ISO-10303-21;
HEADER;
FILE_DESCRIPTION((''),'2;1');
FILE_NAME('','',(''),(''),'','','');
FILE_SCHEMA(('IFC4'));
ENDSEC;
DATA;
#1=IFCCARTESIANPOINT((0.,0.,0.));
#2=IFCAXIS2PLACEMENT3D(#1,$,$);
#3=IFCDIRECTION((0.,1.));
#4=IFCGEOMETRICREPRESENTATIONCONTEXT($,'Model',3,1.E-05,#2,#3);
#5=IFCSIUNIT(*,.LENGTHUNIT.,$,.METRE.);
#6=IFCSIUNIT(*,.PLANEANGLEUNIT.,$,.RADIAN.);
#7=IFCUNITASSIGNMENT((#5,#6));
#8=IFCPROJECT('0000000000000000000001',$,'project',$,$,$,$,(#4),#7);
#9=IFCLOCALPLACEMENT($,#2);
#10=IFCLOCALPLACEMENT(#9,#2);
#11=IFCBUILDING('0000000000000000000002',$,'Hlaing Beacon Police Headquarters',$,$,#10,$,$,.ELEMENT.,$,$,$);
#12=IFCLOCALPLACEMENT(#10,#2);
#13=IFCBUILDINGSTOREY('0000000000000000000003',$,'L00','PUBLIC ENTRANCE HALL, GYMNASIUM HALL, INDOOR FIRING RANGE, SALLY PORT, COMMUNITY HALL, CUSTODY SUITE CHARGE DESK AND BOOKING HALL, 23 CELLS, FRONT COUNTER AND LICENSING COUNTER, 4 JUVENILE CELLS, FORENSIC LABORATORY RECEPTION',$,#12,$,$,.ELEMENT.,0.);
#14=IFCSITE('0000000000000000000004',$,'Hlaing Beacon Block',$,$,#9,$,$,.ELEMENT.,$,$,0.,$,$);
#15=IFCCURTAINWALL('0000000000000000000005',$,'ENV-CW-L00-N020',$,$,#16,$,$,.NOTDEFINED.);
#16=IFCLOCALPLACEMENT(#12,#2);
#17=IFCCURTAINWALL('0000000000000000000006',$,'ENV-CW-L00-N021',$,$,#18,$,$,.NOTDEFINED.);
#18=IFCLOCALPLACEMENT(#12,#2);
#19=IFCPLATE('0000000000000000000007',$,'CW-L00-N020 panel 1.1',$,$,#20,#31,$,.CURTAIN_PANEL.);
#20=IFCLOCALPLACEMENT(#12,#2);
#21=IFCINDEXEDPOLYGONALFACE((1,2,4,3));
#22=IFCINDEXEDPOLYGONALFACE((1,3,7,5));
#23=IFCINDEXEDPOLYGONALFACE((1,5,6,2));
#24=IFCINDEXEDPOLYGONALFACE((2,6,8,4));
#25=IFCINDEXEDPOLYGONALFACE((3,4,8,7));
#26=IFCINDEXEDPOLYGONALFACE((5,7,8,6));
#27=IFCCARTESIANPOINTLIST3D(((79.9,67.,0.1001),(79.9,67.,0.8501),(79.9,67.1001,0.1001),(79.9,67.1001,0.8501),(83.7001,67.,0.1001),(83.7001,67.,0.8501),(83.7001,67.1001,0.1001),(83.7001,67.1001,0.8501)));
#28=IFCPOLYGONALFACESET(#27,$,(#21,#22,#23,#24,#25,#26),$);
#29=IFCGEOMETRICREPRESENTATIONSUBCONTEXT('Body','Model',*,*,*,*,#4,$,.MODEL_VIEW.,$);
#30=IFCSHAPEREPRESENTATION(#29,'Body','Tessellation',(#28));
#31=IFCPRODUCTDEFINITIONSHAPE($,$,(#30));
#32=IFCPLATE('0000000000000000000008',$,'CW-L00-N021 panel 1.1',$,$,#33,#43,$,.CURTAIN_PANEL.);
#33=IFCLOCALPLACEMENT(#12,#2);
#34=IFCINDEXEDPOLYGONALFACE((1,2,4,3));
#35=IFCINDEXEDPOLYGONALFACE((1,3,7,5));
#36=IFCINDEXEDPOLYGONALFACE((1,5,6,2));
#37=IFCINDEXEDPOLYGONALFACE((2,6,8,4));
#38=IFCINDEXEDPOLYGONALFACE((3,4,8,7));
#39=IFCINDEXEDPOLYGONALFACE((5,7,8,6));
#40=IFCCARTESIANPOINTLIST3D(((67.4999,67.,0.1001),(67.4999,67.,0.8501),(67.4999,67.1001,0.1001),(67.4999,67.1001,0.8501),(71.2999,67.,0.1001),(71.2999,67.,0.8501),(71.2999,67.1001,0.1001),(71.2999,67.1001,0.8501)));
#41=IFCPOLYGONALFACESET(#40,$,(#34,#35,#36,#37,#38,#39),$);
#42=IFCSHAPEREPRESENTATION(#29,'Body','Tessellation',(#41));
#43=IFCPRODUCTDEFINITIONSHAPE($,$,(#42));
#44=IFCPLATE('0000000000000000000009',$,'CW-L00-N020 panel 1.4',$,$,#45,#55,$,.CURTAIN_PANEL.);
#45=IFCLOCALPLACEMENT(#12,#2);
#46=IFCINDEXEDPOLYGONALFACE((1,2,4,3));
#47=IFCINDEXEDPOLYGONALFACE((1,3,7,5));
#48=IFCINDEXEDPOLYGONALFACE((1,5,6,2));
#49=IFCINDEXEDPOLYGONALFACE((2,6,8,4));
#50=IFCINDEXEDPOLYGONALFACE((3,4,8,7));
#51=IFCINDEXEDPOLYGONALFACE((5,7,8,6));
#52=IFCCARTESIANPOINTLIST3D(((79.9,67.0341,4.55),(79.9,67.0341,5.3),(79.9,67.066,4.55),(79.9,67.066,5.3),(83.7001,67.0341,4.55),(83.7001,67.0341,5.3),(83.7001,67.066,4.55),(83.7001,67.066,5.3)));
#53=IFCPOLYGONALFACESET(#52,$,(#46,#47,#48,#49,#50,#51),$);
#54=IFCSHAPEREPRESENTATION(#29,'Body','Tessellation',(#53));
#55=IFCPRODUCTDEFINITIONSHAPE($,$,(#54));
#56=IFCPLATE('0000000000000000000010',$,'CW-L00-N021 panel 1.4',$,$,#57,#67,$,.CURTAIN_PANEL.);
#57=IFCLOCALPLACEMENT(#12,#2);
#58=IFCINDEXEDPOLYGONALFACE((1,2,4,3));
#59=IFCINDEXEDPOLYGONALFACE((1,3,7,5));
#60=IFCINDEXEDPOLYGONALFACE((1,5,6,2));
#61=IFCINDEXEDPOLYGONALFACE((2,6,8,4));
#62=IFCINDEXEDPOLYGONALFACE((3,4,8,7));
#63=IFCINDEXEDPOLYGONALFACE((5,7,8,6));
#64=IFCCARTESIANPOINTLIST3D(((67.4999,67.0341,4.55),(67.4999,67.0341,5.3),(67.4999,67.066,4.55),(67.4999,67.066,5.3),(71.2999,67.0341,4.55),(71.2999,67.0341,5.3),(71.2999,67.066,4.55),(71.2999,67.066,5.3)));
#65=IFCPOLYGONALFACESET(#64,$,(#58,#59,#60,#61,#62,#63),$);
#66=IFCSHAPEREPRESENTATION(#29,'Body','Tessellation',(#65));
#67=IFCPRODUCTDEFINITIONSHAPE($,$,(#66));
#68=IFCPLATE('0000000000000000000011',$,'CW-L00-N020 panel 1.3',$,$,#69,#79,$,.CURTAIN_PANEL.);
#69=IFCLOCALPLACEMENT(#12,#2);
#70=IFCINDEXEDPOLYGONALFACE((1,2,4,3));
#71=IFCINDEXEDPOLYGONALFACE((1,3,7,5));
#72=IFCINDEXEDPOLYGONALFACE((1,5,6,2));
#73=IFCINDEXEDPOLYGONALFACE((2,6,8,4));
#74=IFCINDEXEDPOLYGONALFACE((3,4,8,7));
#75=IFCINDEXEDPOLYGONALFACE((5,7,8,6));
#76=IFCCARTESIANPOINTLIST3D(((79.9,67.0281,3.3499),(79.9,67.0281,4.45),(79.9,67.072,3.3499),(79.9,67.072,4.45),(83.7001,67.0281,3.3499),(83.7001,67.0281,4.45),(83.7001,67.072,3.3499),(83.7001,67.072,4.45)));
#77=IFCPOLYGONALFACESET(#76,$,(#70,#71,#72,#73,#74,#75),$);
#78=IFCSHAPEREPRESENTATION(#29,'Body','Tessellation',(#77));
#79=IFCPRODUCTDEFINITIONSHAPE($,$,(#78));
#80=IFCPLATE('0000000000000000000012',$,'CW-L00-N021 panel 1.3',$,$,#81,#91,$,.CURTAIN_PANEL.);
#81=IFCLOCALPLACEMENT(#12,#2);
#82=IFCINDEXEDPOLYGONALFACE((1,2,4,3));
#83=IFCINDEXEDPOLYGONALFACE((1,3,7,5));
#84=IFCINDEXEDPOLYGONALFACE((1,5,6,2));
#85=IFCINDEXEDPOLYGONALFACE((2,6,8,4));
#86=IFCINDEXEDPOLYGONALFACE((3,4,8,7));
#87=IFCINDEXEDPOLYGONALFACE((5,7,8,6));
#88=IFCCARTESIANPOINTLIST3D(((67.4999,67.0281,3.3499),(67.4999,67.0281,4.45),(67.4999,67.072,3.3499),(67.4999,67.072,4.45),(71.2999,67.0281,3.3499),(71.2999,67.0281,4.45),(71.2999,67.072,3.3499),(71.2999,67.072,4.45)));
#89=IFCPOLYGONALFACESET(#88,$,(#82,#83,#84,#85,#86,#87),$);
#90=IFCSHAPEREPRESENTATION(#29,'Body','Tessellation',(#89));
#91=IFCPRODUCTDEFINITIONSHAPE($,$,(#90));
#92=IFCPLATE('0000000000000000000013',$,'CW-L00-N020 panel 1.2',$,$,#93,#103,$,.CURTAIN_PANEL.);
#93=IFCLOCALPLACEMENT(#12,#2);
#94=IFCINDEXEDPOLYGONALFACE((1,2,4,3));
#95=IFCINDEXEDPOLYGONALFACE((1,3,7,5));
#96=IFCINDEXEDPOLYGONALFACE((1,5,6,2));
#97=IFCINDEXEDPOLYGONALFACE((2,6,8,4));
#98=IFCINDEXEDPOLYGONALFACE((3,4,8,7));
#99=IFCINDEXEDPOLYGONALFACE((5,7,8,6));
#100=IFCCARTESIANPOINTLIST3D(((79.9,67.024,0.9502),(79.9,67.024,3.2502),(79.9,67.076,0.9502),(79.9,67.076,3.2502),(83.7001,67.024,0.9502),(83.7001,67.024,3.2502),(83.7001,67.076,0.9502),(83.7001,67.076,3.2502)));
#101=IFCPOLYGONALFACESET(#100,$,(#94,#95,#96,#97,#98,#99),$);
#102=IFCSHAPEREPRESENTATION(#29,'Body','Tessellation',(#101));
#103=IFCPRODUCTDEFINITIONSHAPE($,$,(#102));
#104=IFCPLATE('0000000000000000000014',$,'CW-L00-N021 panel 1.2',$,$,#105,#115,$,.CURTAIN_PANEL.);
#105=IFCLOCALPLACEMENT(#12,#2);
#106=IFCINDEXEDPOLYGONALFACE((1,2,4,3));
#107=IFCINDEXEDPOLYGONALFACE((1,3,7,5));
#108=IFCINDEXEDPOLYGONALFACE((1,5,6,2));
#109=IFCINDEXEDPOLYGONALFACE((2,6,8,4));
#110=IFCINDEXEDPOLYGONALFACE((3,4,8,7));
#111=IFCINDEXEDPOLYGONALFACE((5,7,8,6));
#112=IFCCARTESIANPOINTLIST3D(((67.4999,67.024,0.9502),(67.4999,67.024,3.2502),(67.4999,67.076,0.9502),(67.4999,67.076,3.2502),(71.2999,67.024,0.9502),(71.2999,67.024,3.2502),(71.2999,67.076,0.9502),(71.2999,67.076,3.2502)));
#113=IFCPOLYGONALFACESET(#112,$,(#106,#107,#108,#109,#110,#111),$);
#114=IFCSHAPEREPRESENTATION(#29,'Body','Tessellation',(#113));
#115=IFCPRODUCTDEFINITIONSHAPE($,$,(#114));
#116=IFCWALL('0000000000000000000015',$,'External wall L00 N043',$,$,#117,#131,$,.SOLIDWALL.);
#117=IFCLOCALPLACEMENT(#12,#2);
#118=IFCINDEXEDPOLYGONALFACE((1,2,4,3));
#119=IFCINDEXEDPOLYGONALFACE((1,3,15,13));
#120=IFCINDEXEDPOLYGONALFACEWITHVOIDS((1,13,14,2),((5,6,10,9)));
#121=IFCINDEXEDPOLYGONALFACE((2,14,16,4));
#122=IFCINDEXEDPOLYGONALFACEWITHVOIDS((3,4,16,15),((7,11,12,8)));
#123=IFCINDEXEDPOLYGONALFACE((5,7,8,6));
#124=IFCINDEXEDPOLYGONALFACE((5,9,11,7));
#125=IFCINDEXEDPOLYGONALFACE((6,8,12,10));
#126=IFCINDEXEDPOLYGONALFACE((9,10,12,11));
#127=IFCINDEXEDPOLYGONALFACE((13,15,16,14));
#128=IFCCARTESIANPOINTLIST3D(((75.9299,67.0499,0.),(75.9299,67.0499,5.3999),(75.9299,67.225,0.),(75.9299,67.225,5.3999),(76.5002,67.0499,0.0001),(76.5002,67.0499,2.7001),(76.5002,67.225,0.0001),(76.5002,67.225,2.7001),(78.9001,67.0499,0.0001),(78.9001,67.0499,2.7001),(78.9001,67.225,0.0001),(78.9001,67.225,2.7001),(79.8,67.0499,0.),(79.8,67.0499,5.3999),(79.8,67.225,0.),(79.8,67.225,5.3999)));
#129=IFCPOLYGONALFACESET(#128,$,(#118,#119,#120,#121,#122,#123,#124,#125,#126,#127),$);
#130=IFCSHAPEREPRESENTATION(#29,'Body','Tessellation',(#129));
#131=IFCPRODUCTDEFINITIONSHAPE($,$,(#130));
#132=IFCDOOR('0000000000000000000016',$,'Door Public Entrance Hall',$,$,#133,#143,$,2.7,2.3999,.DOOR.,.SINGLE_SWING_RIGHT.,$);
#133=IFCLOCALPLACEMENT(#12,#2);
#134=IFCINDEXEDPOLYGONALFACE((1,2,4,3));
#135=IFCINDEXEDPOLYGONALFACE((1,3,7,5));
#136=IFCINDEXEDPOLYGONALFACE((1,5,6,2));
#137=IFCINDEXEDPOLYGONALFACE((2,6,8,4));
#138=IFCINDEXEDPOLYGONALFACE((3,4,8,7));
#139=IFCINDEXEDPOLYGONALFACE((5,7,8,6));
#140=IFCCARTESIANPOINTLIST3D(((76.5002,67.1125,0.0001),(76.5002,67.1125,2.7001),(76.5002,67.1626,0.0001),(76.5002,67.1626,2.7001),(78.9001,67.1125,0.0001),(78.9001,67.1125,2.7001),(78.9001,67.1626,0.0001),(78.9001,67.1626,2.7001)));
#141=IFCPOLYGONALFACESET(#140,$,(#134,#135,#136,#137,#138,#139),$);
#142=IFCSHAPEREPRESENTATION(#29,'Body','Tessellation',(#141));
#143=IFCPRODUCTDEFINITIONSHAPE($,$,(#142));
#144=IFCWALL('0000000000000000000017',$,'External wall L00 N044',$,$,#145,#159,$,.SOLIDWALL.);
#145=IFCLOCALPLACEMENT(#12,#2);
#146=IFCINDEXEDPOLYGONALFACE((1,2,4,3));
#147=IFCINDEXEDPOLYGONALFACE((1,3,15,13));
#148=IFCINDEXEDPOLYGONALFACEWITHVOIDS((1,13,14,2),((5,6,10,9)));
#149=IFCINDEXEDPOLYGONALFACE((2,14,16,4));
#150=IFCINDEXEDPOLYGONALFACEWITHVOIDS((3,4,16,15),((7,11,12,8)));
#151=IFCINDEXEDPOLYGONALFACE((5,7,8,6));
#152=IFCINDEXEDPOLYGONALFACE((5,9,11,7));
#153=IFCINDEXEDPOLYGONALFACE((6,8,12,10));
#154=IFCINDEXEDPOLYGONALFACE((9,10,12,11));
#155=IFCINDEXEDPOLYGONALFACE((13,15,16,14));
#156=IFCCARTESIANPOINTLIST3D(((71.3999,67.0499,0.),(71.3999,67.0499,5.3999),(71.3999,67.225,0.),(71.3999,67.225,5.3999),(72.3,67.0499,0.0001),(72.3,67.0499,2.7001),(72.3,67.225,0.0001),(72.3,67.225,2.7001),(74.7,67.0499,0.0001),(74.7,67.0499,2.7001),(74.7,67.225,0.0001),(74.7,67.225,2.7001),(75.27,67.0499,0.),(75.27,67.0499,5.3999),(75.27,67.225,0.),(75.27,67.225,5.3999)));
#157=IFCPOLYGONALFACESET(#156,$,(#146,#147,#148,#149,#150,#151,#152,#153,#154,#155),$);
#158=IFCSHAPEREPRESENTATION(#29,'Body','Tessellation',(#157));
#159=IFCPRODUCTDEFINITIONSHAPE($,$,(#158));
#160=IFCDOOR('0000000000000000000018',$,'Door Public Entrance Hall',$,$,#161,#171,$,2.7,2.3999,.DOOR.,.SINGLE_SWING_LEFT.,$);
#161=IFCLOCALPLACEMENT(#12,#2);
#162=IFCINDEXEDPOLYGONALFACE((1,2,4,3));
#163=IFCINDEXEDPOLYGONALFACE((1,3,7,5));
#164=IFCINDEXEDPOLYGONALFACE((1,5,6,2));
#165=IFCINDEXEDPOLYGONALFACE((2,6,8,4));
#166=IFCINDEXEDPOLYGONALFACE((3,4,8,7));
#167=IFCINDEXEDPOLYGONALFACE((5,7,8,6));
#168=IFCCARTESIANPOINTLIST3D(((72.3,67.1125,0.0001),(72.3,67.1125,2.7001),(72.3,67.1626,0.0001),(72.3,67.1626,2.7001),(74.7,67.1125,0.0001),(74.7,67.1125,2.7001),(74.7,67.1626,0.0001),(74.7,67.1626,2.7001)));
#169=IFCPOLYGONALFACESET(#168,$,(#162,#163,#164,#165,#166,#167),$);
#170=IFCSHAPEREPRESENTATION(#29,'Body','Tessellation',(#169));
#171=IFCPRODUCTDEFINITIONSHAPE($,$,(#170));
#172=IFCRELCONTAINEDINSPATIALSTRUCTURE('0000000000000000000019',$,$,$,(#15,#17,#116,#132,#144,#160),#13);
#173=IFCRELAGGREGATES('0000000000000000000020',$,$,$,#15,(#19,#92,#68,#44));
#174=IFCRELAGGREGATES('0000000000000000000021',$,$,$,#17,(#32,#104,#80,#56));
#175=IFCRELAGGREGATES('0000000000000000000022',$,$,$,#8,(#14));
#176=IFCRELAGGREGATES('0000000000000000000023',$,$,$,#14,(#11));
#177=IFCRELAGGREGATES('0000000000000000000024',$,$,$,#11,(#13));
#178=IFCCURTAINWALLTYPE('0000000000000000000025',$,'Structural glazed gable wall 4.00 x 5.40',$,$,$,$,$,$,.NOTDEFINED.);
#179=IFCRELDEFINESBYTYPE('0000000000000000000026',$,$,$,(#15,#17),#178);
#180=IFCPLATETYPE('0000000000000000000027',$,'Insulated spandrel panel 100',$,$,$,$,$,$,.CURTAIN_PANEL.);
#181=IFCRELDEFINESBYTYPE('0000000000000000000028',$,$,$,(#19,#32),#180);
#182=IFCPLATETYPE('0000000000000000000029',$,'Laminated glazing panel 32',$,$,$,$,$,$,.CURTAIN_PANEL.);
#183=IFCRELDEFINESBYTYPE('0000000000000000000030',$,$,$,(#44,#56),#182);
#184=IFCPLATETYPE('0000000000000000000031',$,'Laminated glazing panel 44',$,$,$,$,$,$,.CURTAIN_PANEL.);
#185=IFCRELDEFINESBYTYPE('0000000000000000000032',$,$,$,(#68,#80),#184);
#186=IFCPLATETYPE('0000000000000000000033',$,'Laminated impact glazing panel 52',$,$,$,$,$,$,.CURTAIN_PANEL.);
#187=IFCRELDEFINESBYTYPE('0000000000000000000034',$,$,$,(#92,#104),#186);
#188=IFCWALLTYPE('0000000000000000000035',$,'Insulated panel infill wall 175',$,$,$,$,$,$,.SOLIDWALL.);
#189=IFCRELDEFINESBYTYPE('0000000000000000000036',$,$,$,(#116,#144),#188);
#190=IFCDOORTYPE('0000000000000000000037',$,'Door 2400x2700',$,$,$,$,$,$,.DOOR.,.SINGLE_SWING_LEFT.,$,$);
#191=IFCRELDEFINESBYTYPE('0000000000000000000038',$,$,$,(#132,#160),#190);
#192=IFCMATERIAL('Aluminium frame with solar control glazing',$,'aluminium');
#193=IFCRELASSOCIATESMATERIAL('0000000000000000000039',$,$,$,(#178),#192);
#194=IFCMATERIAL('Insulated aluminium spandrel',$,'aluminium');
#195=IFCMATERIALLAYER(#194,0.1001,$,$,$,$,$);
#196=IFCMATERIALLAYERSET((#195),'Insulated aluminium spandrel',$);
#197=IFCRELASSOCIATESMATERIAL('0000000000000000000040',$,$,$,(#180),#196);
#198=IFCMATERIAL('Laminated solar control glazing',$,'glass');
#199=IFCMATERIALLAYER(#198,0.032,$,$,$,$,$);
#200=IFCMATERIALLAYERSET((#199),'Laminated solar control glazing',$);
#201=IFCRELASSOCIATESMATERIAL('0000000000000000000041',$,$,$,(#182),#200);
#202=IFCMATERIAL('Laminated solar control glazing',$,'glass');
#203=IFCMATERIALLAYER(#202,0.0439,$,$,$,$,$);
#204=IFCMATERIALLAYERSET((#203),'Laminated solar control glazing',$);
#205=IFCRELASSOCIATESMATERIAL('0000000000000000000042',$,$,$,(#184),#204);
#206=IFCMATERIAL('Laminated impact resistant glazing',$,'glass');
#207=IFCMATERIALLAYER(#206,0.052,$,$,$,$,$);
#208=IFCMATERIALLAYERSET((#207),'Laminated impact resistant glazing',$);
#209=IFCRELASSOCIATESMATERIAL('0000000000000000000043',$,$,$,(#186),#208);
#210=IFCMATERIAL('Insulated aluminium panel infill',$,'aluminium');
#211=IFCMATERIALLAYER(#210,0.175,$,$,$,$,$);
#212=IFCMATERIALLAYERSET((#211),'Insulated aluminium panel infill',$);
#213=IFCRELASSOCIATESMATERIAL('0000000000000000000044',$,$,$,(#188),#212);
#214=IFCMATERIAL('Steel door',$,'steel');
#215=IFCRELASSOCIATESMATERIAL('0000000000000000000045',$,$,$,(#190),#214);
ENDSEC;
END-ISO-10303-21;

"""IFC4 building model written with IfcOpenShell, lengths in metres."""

from ifc_helpers import new_model, si_unit, direction, frame, frame_2d, origin, origin_2d, place, context, subcontext, project, spatial, rectangle, extrude, material, layer, layer_set, type_object, element, fill, aggregate, save


model = new_model("IFC4")

# Units and contexts
model_context = context("Model", 3, precision=1e-05, world=origin(), true_north=direction((0.0, 1.0)))
body_context = subcontext(model_context, "Body", "Model", "MODEL_VIEW")
ifc_project = project(units=[si_unit("LENGTHUNIT", "METRE"), si_unit("PLANEANGLEUNIT", "RADIAN")], contexts=[model_context])

# Site, building, storey
site_placement = place(None, origin())
site = spatial("IfcSite", under=ifc_project, at=site_placement, Name="Hlaing Beacon Block", CompositionType="ELEMENT", RefElevation=0.0)
building_placement = place(site_placement, origin())
building = spatial("IfcBuilding", under=site, at=building_placement, Name="Hlaing Beacon Police Headquarters", CompositionType="ELEMENT")
storey_placement = place(building_placement, origin())
storey = spatial("IfcBuildingStorey", under=building, at=storey_placement, Name="L00", Description="PUBLIC ENTRANCE HALL, GYMNASIUM HALL, INDOOR FIRING RANGE, SALLY PORT, COMMUNITY HALL, CUSTODY SUITE CHARGE DESK AND BOOKING HALL, 23 CELLS, FRONT COUNTER AND LICENSING COUNTER, 4 JUVENILE CELLS, FORENSIC LABORATORY RECEPTION", CompositionType="ELEMENT", Elevation=0.0)

# Curtain walls
ifc_material_1 = material(Name="Aluminium frame with solar control glazing", Category="aluminium")
curtain_wall_type = type_object("IfcCurtainWallType", Name="Structural glazed gable wall 4.00 x 5.40", PredefinedType="NOTDEFINED", material=ifc_material_1)
curtain_wall_1_placement = place(storey_placement, origin())
curtain_wall_1 = element("IfcCurtainWall", 1, at=curtain_wall_1_placement, inside=storey, type_object=curtain_wall_type, Name="ENV-CW-L00-N020", PredefinedType="NOTDEFINED")
curtain_wall_2_placement = place(storey_placement, origin())
curtain_wall_2 = element("IfcCurtainWall", 2, at=curtain_wall_2_placement, inside=storey, type_object=curtain_wall_type, Name="ENV-CW-L00-N021", PredefinedType="NOTDEFINED")

# Plates
ifc_material_2 = material(Name="Insulated aluminium spandrel", Category="aluminium")
ifc_layer_1 = layer(ifc_material_2, 0.1001)
ifc_layer_set_1 = layer_set([ifc_layer_1], Name="Insulated aluminium spandrel")
plate_type_1 = type_object("IfcPlateType", Name="Insulated spandrel panel 100", PredefinedType="CURTAIN_PANEL", material=ifc_layer_set_1)
plate_1_placement = place(storey_placement, frame((81.8, 67.05, 0.1001), z_axis=(0.0, 0.0, 1.0), x_axis=(-1.0, 0.0, 0.0)))
plate_1 = element("IfcPlate", 3, at=plate_1_placement, type_object=plate_type_1, Name="CW-L00-N020 panel 1.1", PredefinedType="CURTAIN_PANEL", context=body_context, shape_type="SweptSolid", body=[
    extrude(rectangle(XDim=3.8, YDim=0.1001, at=origin_2d()), origin(), (0.0, 0.0, 1.0), 0.75),
])
plate_2_placement = place(storey_placement, frame((69.3999, 67.05, 0.1001), z_axis=(0.0, 0.0, 1.0), x_axis=(-1.0, 0.0, 0.0)))
plate_2 = element("IfcPlate", 4, at=plate_2_placement, type_object=plate_type_1, Name="CW-L00-N021 panel 1.1", PredefinedType="CURTAIN_PANEL", context=body_context, shape_type="SweptSolid", body=[
    extrude(rectangle(XDim=3.8, YDim=0.1001, at=origin_2d()), origin(), (0.0, 0.0, 1.0), 0.75),
])
ifc_material_3 = material(Name="Laminated solar control glazing", Category="glass")
ifc_layer_2 = layer(ifc_material_3, 0.032)
ifc_layer_set_2 = layer_set([ifc_layer_2], Name="Laminated solar control glazing")
plate_type_2 = type_object("IfcPlateType", Name="Laminated glazing panel 32", PredefinedType="CURTAIN_PANEL", material=ifc_layer_set_2)
plate_3_placement = place(storey_placement, frame((81.8, 67.05, 4.55), z_axis=(0.0, 0.0, 1.0), x_axis=(-1.0, 0.0, 0.0)))
plate_3 = element("IfcPlate", 5, at=plate_3_placement, type_object=plate_type_2, Name="CW-L00-N020 panel 1.4", PredefinedType="CURTAIN_PANEL", context=body_context, shape_type="SweptSolid", body=[
    extrude(rectangle(XDim=3.8, YDim=0.032, at=origin_2d()), origin(), (0.0, 0.0, 1.0), 0.75),
])
plate_4_placement = place(storey_placement, frame((69.3999, 67.05, 4.55), z_axis=(0.0, 0.0, 1.0), x_axis=(-1.0, 0.0, 0.0)))
plate_4 = element("IfcPlate", 6, at=plate_4_placement, type_object=plate_type_2, Name="CW-L00-N021 panel 1.4", PredefinedType="CURTAIN_PANEL", context=body_context, shape_type="SweptSolid", body=[
    extrude(rectangle(XDim=3.8, YDim=0.032, at=origin_2d()), origin(), (0.0, 0.0, 1.0), 0.75),
])
ifc_material_4 = material(Name="Laminated solar control glazing", Category="glass")
ifc_layer_3 = layer(ifc_material_4, 0.0439)
ifc_layer_set_3 = layer_set([ifc_layer_3], Name="Laminated solar control glazing")
plate_type_3 = type_object("IfcPlateType", Name="Laminated glazing panel 44", PredefinedType="CURTAIN_PANEL", material=ifc_layer_set_3)
plate_5_placement = place(storey_placement, frame((81.8, 67.05, 3.3499), z_axis=(0.0, 0.0, 1.0), x_axis=(-1.0, 0.0, 0.0)))
plate_5 = element("IfcPlate", 7, at=plate_5_placement, type_object=plate_type_3, Name="CW-L00-N020 panel 1.3", PredefinedType="CURTAIN_PANEL", context=body_context, shape_type="SweptSolid", body=[
    extrude(rectangle(XDim=3.8, YDim=0.0439, at=origin_2d()), origin(), (0.0, 0.0, 1.0), 1.1001),
])
plate_6_placement = place(storey_placement, frame((69.3999, 67.05, 3.3499), z_axis=(0.0, 0.0, 1.0), x_axis=(-1.0, 0.0, 0.0)))
plate_6 = element("IfcPlate", 8, at=plate_6_placement, type_object=plate_type_3, Name="CW-L00-N021 panel 1.3", PredefinedType="CURTAIN_PANEL", context=body_context, shape_type="SweptSolid", body=[
    extrude(rectangle(XDim=3.8, YDim=0.0439, at=origin_2d()), origin(), (0.0, 0.0, 1.0), 1.1001),
])
ifc_material_5 = material(Name="Laminated impact resistant glazing", Category="glass")
ifc_layer_4 = layer(ifc_material_5, 0.052)
ifc_layer_set_4 = layer_set([ifc_layer_4], Name="Laminated impact resistant glazing")
plate_type_4 = type_object("IfcPlateType", Name="Laminated impact glazing panel 52", PredefinedType="CURTAIN_PANEL", material=ifc_layer_set_4)
plate_7_placement = place(storey_placement, frame((81.8, 67.05, 0.9502), z_axis=(0.0, 0.0, 1.0), x_axis=(-1.0, 0.0, 0.0)))
plate_7 = element("IfcPlate", 9, at=plate_7_placement, type_object=plate_type_4, Name="CW-L00-N020 panel 1.2", PredefinedType="CURTAIN_PANEL", context=body_context, shape_type="SweptSolid", body=[
    extrude(rectangle(XDim=3.8, YDim=0.052, at=origin_2d()), origin(), (0.0, 0.0, 1.0), 2.3),
])
aggregate(curtain_wall_1, [plate_1, plate_7, plate_5, plate_3])
plate_8_placement = place(storey_placement, frame((69.3999, 67.05, 0.9502), z_axis=(0.0, 0.0, 1.0), x_axis=(-1.0, 0.0, 0.0)))
plate_8 = element("IfcPlate", 10, at=plate_8_placement, type_object=plate_type_4, Name="CW-L00-N021 panel 1.2", PredefinedType="CURTAIN_PANEL", context=body_context, shape_type="SweptSolid", body=[
    extrude(rectangle(XDim=3.8, YDim=0.052, at=origin_2d()), origin(), (0.0, 0.0, 1.0), 2.3),
])
aggregate(curtain_wall_2, [plate_2, plate_8, plate_6, plate_4])

# Walls, openings, doors
ifc_material_6 = material(Name="Insulated aluminium panel infill", Category="aluminium")
ifc_layer_5 = layer(ifc_material_6, 0.175)
ifc_layer_set_5 = layer_set([ifc_layer_5], Name="Insulated aluminium panel infill")
wall_type = type_object("IfcWallType", Name="Insulated panel infill wall 175", PredefinedType="SOLIDWALL", material=ifc_layer_set_5)
wall_1_placement = place(storey_placement, frame((79.8, 67.1375, 0.0), z_axis=(0.0, 0.0, 1.0), x_axis=(-1.0, 0.0, 0.0)))
wall_1 = element("IfcWall", 11, at=wall_1_placement, inside=storey, type_object=wall_type, Name="External wall L00 N043", PredefinedType="SOLIDWALL", context=body_context, shape_type="SweptSolid", body=[
    extrude(rectangle(XDim=3.8701, YDim=0.175, at=frame_2d((1.9351, 0.0))), origin(), (0.0, 0.0, 1.0), 5.3999),
])
opening_1_placement = place(wall_1_placement, frame((0.8999, 0.0, 0.0)))
opening_1 = element("IfcOpeningElement", 12, at=opening_1_placement, cuts=wall_1, PredefinedType="OPENING", context=body_context, shape_type="SweptSolid", body=[
    extrude(rectangle(XDim=2.3999, YDim=2.7, at=frame_2d((1.2, 1.3501))), frame((0.0, 0.0977, 0.0), z_axis=(0.0, -1.0, 0.0), x_axis=(1.0, 0.0, 0.0)), (0.0, 0.0, 1.0), 0.1951),
])
ifc_material_7 = material(Name="Steel door", Category="steel")
door_type = type_object("IfcDoorType", Name="Door 2400x2700", OperationType="SINGLE_SWING_LEFT", PredefinedType="DOOR", material=ifc_material_7)
door_1_placement = place(opening_1_placement, frame((2.3999, 0.0, 0.0), z_axis=(0.0, 0.0, 1.0), x_axis=(-1.0, 0.0, 0.0)))
door_1 = element("IfcDoor", 13, at=door_1_placement, inside=storey, type_object=door_type, Name="Door Public Entrance Hall", OperationType="SINGLE_SWING_RIGHT", OverallHeight=2.7, OverallWidth=2.3999, PredefinedType="DOOR", context=body_context, shape_type="SweptSolid", body=[
    extrude(rectangle(XDim=2.3999, YDim=2.7, at=frame_2d((1.2, 1.3501))), frame((0.0, 0.0251, 0.0), z_axis=(0.0, -1.0, 0.0), x_axis=(1.0, 0.0, 0.0)), (0.0, 0.0, 1.0), 0.05),
])
fill(opening_1, door_1)
wall_2_placement = place(storey_placement, frame((75.27, 67.1375, 0.0), z_axis=(0.0, 0.0, 1.0), x_axis=(-1.0, 0.0, 0.0)))
wall_2 = element("IfcWall", 14, at=wall_2_placement, inside=storey, type_object=wall_type, Name="External wall L00 N044", PredefinedType="SOLIDWALL", context=body_context, shape_type="SweptSolid", body=[
    extrude(rectangle(XDim=3.8701, YDim=0.175, at=frame_2d((1.9351, 0.0))), origin(), (0.0, 0.0, 1.0), 5.3999),
])
opening_2_placement = place(wall_2_placement, frame((0.5701, 0.0, 0.0)))
opening_2 = element("IfcOpeningElement", 15, at=opening_2_placement, cuts=wall_2, PredefinedType="OPENING", context=body_context, shape_type="SweptSolid", body=[
    extrude(rectangle(XDim=2.3999, YDim=2.7, at=frame_2d((1.2, 1.3501))), frame((0.0, 0.0977, 0.0), z_axis=(0.0, -1.0, 0.0), x_axis=(1.0, 0.0, 0.0)), (0.0, 0.0, 1.0), 0.1951),
])
door_2_placement = place(opening_2_placement, frame((2.3999, 0.0, 0.0), z_axis=(0.0, 0.0, 1.0), x_axis=(-1.0, 0.0, 0.0)))
door_2 = element("IfcDoor", 16, at=door_2_placement, inside=storey, type_object=door_type, Name="Door Public Entrance Hall", OperationType="SINGLE_SWING_LEFT", OverallHeight=2.7, OverallWidth=2.3999, PredefinedType="DOOR", context=body_context, shape_type="SweptSolid", body=[
    extrude(rectangle(XDim=2.3999, YDim=2.7, at=frame_2d((1.2, 1.3501))), frame((0.0, 0.0251, 0.0), z_axis=(0.0, -1.0, 0.0), x_axis=(1.0, 0.0, 0.0)), (0.0, 0.0, 1.0), 0.05),
])
fill(opening_2, door_2)

save(model, "model.ifc")
